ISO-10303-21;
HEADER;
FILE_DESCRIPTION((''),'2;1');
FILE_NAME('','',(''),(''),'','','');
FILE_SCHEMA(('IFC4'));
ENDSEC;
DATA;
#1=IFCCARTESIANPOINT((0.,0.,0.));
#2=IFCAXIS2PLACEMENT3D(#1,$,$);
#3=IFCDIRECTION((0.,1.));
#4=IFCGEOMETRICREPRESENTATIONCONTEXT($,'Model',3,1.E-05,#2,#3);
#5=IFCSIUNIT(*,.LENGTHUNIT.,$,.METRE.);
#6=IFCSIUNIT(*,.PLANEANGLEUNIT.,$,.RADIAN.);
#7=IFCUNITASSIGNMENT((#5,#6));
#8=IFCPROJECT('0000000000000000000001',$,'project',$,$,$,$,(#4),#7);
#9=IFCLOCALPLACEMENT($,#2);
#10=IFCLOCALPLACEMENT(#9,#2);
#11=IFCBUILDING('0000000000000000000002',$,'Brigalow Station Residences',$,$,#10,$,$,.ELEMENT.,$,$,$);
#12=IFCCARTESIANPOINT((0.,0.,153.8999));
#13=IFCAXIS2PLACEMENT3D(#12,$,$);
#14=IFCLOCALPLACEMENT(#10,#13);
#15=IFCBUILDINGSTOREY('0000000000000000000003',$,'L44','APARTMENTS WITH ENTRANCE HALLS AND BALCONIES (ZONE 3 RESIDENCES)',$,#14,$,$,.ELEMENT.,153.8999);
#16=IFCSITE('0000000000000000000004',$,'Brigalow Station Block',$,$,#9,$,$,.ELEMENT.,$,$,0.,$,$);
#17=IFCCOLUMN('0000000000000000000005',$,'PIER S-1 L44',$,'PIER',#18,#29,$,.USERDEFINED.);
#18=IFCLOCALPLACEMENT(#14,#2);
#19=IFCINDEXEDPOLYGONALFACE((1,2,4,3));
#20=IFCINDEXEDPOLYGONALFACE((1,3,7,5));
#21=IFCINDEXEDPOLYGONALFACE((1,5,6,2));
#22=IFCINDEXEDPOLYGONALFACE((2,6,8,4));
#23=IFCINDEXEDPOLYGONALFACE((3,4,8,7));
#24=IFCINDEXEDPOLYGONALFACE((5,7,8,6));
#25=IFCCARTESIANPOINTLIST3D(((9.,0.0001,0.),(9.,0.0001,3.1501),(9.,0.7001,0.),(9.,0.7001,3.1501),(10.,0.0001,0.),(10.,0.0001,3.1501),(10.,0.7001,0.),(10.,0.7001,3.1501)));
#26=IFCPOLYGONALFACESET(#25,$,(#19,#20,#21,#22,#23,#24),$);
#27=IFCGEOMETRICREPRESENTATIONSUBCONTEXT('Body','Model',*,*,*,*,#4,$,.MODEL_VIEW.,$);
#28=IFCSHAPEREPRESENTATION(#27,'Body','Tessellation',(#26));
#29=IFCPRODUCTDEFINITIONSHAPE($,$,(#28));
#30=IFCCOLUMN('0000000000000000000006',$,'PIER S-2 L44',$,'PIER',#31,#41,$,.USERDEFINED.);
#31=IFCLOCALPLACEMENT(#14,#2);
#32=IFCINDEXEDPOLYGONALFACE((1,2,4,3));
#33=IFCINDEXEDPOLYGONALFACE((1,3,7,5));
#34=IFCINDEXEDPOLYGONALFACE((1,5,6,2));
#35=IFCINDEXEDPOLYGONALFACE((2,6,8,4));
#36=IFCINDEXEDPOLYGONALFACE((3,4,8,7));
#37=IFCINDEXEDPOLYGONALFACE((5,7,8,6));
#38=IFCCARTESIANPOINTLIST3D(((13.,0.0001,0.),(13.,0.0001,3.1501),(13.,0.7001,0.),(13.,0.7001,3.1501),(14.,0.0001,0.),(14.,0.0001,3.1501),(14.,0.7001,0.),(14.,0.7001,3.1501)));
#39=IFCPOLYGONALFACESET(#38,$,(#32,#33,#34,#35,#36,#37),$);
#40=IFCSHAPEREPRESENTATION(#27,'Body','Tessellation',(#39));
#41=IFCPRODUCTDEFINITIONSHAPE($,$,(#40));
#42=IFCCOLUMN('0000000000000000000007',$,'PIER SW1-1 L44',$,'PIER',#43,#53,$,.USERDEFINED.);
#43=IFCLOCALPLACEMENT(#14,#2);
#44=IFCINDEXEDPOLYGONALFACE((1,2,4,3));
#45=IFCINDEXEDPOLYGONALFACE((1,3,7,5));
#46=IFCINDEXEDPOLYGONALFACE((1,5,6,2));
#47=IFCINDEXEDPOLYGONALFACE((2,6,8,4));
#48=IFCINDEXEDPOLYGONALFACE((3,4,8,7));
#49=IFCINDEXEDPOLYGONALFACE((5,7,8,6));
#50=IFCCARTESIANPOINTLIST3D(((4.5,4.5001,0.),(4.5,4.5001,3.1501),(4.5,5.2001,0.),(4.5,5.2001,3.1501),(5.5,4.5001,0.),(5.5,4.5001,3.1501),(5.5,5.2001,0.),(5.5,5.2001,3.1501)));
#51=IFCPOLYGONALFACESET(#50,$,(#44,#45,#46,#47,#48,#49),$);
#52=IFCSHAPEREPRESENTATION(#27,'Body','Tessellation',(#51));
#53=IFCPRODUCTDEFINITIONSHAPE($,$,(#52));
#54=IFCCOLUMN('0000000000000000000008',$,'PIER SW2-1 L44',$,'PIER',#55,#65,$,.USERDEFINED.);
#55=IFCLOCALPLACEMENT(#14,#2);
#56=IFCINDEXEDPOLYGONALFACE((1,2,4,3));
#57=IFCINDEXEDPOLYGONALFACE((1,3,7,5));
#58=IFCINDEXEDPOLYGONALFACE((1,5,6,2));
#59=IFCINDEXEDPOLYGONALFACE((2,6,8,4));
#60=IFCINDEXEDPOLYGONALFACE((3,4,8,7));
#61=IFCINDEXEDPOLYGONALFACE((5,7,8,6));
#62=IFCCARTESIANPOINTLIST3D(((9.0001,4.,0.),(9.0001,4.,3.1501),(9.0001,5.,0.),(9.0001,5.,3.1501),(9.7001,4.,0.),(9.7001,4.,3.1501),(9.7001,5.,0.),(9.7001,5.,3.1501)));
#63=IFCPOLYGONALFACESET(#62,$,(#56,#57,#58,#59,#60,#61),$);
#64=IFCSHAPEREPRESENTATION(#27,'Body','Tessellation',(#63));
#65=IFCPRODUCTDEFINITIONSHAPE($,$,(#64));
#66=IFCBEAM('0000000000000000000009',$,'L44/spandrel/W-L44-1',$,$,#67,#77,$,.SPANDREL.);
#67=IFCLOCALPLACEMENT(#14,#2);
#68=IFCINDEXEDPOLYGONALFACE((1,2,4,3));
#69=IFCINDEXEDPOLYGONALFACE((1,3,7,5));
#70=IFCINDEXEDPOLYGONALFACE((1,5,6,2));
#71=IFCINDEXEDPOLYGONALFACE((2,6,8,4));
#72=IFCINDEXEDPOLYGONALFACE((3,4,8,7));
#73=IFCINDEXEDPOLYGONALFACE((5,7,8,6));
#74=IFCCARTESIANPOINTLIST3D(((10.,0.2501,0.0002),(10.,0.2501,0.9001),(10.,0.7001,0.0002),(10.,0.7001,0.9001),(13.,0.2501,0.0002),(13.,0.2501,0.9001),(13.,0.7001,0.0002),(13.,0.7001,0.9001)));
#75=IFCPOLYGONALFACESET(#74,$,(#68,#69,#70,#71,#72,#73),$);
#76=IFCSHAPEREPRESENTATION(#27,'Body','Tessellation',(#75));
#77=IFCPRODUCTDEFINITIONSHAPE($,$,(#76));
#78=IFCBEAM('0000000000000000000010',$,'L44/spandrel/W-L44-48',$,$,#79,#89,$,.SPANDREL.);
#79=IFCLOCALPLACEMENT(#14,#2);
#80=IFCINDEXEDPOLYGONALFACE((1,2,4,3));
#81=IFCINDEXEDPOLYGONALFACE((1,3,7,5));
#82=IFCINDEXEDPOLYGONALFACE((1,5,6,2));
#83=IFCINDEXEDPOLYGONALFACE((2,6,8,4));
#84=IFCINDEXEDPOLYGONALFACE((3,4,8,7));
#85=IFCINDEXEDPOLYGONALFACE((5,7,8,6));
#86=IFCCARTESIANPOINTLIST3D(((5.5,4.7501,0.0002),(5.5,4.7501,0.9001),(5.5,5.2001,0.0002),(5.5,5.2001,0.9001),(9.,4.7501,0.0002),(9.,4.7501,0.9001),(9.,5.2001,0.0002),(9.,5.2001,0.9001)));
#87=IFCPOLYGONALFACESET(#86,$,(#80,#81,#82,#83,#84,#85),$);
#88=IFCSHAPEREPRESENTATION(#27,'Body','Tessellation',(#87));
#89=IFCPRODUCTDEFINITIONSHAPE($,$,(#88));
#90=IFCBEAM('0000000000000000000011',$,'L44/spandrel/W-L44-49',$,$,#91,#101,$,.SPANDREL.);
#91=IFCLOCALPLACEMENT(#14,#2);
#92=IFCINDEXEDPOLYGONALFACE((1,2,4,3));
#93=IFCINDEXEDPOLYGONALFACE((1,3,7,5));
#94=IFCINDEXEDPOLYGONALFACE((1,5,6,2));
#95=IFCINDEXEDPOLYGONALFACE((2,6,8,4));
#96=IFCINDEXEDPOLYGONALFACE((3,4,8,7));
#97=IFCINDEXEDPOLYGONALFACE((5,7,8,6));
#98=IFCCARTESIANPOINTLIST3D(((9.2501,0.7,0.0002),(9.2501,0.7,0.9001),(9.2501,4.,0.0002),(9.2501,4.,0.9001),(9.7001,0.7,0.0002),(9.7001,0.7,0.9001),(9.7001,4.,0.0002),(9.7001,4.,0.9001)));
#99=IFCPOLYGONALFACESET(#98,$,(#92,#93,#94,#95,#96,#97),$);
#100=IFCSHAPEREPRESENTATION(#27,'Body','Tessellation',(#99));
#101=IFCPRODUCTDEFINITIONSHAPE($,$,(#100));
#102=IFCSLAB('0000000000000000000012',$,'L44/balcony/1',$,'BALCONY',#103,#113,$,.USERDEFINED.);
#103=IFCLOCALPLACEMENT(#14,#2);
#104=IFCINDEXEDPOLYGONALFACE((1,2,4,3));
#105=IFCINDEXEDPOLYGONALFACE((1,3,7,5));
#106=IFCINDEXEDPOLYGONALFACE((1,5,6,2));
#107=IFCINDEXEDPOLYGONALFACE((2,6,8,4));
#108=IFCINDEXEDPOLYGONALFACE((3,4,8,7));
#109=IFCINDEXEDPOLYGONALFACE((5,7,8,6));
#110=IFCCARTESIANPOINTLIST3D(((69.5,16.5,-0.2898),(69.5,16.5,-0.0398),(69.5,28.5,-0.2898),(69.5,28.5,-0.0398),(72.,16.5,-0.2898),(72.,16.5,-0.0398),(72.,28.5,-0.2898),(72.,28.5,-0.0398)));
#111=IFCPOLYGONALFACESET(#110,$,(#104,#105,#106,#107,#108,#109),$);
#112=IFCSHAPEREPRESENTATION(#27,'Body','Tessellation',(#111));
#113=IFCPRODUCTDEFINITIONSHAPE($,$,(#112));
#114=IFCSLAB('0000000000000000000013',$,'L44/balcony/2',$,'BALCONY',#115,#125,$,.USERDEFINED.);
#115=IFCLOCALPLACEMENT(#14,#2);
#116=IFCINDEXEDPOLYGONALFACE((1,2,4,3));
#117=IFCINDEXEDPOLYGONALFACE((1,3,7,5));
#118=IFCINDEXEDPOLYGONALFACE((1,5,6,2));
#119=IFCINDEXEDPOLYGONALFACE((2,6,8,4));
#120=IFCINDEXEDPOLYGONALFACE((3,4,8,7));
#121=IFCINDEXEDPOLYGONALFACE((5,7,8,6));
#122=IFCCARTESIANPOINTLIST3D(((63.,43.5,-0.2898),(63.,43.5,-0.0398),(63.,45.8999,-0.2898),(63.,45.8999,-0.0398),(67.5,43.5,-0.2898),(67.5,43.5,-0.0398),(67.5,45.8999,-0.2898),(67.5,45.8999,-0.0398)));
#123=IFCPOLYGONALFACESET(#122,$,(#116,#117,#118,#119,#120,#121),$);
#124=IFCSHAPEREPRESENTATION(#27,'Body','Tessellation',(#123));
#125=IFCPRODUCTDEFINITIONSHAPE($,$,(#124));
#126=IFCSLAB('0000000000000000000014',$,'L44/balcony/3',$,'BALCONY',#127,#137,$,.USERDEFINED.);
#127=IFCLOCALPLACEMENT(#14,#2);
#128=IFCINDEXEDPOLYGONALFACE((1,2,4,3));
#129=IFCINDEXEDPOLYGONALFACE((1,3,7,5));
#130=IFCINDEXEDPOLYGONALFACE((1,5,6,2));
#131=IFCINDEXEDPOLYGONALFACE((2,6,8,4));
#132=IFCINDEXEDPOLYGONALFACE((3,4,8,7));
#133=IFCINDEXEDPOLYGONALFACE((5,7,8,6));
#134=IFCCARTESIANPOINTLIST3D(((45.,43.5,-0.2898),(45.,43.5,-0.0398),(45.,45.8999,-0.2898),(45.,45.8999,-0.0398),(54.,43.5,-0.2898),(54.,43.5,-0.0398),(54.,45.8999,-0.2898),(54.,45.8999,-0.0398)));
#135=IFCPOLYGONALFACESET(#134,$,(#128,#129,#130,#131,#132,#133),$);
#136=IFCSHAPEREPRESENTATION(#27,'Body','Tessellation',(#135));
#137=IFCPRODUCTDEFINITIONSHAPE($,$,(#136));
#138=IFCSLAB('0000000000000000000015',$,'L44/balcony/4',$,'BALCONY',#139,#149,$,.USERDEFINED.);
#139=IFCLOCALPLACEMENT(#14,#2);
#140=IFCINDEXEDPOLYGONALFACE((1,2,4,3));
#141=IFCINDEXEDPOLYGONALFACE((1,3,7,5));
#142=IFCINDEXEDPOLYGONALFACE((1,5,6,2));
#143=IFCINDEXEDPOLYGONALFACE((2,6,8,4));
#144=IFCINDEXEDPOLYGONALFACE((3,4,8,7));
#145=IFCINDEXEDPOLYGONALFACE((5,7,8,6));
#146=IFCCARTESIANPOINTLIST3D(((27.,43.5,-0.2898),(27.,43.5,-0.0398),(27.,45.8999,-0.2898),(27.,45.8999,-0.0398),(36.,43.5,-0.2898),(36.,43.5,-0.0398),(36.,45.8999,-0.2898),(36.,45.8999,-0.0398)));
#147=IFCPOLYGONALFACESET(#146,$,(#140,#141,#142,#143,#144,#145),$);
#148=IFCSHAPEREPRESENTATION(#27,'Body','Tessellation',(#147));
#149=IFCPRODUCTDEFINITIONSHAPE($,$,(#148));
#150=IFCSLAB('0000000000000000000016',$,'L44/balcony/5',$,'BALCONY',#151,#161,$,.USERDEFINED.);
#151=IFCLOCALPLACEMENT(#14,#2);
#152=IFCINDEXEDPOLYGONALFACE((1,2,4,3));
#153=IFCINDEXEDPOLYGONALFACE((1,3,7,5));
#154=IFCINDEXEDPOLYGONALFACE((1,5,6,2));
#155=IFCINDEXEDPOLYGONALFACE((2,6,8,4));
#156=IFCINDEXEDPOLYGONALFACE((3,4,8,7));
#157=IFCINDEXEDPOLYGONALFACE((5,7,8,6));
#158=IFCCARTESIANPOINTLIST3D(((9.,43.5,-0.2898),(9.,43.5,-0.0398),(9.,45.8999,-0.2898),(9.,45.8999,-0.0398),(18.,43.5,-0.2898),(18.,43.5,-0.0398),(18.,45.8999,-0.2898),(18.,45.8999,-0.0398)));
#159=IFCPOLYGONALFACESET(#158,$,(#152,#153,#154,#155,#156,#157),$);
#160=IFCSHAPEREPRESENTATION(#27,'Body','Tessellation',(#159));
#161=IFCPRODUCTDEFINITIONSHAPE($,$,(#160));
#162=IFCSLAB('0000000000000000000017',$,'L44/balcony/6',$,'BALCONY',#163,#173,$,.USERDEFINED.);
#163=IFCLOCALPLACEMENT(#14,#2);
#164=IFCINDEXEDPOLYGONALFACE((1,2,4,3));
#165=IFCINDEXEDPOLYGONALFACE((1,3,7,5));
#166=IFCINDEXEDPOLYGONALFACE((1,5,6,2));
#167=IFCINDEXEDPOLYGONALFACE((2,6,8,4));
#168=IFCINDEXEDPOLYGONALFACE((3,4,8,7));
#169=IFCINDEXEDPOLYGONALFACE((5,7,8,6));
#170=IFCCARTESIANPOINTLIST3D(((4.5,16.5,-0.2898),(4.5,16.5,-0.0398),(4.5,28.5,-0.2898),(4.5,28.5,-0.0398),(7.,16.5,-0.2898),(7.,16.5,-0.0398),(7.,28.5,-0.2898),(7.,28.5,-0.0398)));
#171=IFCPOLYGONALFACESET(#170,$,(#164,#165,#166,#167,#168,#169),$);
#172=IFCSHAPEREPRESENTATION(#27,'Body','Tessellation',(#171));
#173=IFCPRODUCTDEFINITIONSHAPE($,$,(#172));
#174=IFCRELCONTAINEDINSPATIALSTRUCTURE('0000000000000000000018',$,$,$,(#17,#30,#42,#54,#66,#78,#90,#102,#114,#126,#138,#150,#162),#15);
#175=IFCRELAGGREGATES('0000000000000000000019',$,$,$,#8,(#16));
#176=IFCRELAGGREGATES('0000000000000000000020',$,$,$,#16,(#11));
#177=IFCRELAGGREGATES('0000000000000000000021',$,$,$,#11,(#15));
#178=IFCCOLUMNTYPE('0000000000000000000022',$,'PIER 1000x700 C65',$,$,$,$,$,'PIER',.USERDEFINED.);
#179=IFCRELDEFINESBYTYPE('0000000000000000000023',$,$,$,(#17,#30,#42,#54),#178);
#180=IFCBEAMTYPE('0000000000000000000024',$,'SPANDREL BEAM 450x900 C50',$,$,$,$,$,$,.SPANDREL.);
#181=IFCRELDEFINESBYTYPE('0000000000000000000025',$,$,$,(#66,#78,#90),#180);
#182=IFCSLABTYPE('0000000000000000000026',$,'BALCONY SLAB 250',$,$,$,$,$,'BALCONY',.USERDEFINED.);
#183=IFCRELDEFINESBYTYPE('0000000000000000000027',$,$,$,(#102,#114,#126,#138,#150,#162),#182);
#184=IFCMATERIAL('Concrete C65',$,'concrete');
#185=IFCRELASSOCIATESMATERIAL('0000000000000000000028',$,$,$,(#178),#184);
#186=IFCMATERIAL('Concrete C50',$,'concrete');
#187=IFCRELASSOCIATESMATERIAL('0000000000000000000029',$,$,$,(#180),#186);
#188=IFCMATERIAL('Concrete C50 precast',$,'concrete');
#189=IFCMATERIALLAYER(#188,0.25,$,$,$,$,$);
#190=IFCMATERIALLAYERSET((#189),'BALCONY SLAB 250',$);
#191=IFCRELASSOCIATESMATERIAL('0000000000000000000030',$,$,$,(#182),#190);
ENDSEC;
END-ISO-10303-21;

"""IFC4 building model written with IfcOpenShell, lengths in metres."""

from ifc_helpers import new_model, si_unit, direction, frame, origin, origin_2d, place, context, subcontext, project, spatial, polyline, rectangle, outline, extrude, material, layer, layer_set, material_profile, profile_set, type_object, element, save


model = new_model("IFC4")

# Units and contexts
model_context = context("Model", 3, precision=1e-05, world=origin(), true_north=direction((0.0, 1.0)))
body_context = subcontext(model_context, "Body", "Model", "MODEL_VIEW")
ifc_project = project(units=[si_unit("LENGTHUNIT", "METRE"), si_unit("PLANEANGLEUNIT", "RADIAN")], contexts=[model_context])

# Site, building, storey
site_placement = place(None, origin())
site = spatial("IfcSite", under=ifc_project, at=site_placement, Name="Brigalow Station Block", CompositionType="ELEMENT", RefElevation=0.0)
building_placement = place(site_placement, origin())
building = spatial("IfcBuilding", under=site, at=building_placement, Name="Brigalow Station Residences", CompositionType="ELEMENT")
storey_placement = place(building_placement, frame((0.0, 0.0, 153.8999)))
storey = spatial("IfcBuildingStorey", under=building, at=storey_placement, Name="L44", Description="APARTMENTS WITH ENTRANCE HALLS AND BALCONIES (ZONE 3 RESIDENCES)", CompositionType="ELEMENT", Elevation=153.8999)

# Columns
ifc_material_1 = material(Name="Concrete C65", Category="concrete")
ifc_material_profile_1 = material_profile(ifc_material_1, rectangle(XDim=1.0, YDim=0.7, at=origin_2d()), Name="RC1000x700")
ifc_profile_set_1 = profile_set([ifc_material_profile_1], Name="Concrete C65")
column_type = type_object("IfcColumnType", Name="PIER 1000x700 C65", ElementType="PIER", PredefinedType="USERDEFINED", material=ifc_profile_set_1)
for number, where, z_axis, x_axis, name in (
    (1, (9.5, 0.3501, 0.0), (0.0, 0.0, 1.0), (1.0, 0.0, 0.0), "PIER S-1 L44"),
    (2, (13.5, 0.3501, 0.0), (0.0, 0.0, 1.0), (1.0, 0.0, 0.0), "PIER S-2 L44"),
    (3, (5.0, 4.8501, 0.0), (0.0, 0.0, 1.0), (1.0, 0.0, 0.0), "PIER SW1-1 L44"),
    (4, (9.3501, 4.5, 0.0), (0.0, 0.0, 1.0), (0.0, -1.0, 0.0), "PIER SW2-1 L44"),
):
    element("IfcColumn", number, at=place(storey_placement, frame(where, z_axis=z_axis, x_axis=x_axis)), inside=storey, type_object=column_type, Name=name, ObjectType="PIER", PredefinedType="USERDEFINED", context=body_context, shape_type="SweptSolid", body=[
        extrude(rectangle(XDim=1.0, YDim=0.7, at=origin_2d()), origin(), (0.0, 0.0, 1.0), 3.1501),
    ])

# Beams
ifc_material_2 = material(Name="Concrete C50", Category="concrete")
ifc_material_profile_2 = material_profile(ifc_material_2, rectangle(XDim=0.45, YDim=0.8999, at=origin_2d()), Name="RC450x900")
ifc_profile_set_2 = profile_set([ifc_material_profile_2], Name="Concrete C50")
beam_type = type_object("IfcBeamType", Name="SPANDREL BEAM 450x900 C50", PredefinedType="SPANDREL", material=ifc_profile_set_2)
beam_1_placement = place(storey_placement, frame((10.0, 0.4751, 0.4502), z_axis=(1.0, 0.0, 0.0), x_axis=(0.0, 1.0, 0.0)))
element("IfcBeam", 5, at=beam_1_placement, inside=storey, type_object=beam_type, Name="L44/spandrel/W-L44-1", PredefinedType="SPANDREL", context=body_context, shape_type="SweptSolid", body=[
    extrude(rectangle(XDim=0.45, YDim=0.8999, at=origin_2d()), origin(), (0.0, 0.0, 1.0), 3.0),
])
beam_2_placement = place(storey_placement, frame((5.5, 4.9751, 0.4502), z_axis=(1.0, 0.0, 0.0), x_axis=(0.0, 1.0, 0.0)))
element("IfcBeam", 6, at=beam_2_placement, inside=storey, type_object=beam_type, Name="L44/spandrel/W-L44-48", PredefinedType="SPANDREL", context=body_context, shape_type="SweptSolid", body=[
    extrude(rectangle(XDim=0.45, YDim=0.8999, at=origin_2d()), origin(), (0.0, 0.0, 1.0), 3.5),
])
beam_3_placement = place(storey_placement, frame((9.4751, 4.0, 0.4502), z_axis=(0.0, -1.0, 0.0), x_axis=(1.0, 0.0, 0.0)))
element("IfcBeam", 7, at=beam_3_placement, inside=storey, type_object=beam_type, Name="L44/spandrel/W-L44-49", PredefinedType="SPANDREL", context=body_context, shape_type="SweptSolid", body=[
    extrude(rectangle(XDim=0.45, YDim=0.8999, at=origin_2d()), origin(), (0.0, 0.0, 1.0), 3.3),
])

# Slabs
ifc_material_3 = material(Name="Concrete C50 precast", Category="concrete")
ifc_layer_1 = layer(ifc_material_3, 0.25)
ifc_layer_set_1 = layer_set([ifc_layer_1], Name="BALCONY SLAB 250")
slab_type_1 = type_object("IfcSlabType", Name="BALCONY SLAB 250", ElementType="BALCONY", PredefinedType="USERDEFINED", material=ifc_layer_set_1)
slab_1_placement = place(storey_placement, frame((0.0, 0.0, -0.2898)))
element("IfcSlab", 8, at=slab_1_placement, inside=storey, type_object=slab_type_1, Name="L44/balcony/1", ObjectType="BALCONY", PredefinedType="USERDEFINED", context=body_context, shape_type="SweptSolid", body=[
    extrude(outline(polyline([(69.5, 16.5), (72.0, 16.5), (72.0, 28.5), (69.5, 28.5), (69.5, 16.5)])), origin(), (0.0, 0.0, 1.0), 0.25),
])
slab_2_placement = place(storey_placement, frame((0.0, 0.0, -0.2898)))
element("IfcSlab", 9, at=slab_2_placement, inside=storey, type_object=slab_type_1, Name="L44/balcony/2", ObjectType="BALCONY", PredefinedType="USERDEFINED", context=body_context, shape_type="SweptSolid", body=[
    extrude(outline(polyline([(67.5, 43.5), (67.5, 45.8999), (63.0, 45.8999), (63.0, 43.5), (67.5, 43.5)])), origin(), (0.0, 0.0, 1.0), 0.25),
])
slab_3_placement = place(storey_placement, frame((0.0, 0.0, -0.2898)))
element("IfcSlab", 10, at=slab_3_placement, inside=storey, type_object=slab_type_1, Name="L44/balcony/3", ObjectType="BALCONY", PredefinedType="USERDEFINED", context=body_context, shape_type="SweptSolid", body=[
    extrude(outline(polyline([(54.0, 43.5), (54.0, 45.8999), (45.0, 45.8999), (45.0, 43.5), (54.0, 43.5)])), origin(), (0.0, 0.0, 1.0), 0.25),
])
slab_4_placement = place(storey_placement, frame((0.0, 0.0, -0.2898)))
element("IfcSlab", 11, at=slab_4_placement, inside=storey, type_object=slab_type_1, Name="L44/balcony/4", ObjectType="BALCONY", PredefinedType="USERDEFINED", context=body_context, shape_type="SweptSolid", body=[
    extrude(outline(polyline([(36.0, 43.5), (36.0, 45.8999), (27.0, 45.8999), (27.0, 43.5), (36.0, 43.5)])), origin(), (0.0, 0.0, 1.0), 0.25),
])
slab_5_placement = place(storey_placement, frame((0.0, 0.0, -0.2898)))
element("IfcSlab", 12, at=slab_5_placement, inside=storey, type_object=slab_type_1, Name="L44/balcony/5", ObjectType="BALCONY", PredefinedType="USERDEFINED", context=body_context, shape_type="SweptSolid", body=[
    extrude(outline(polyline([(18.0, 43.5), (18.0, 45.8999), (9.0, 45.8999), (9.0, 43.5), (18.0, 43.5)])), origin(), (0.0, 0.0, 1.0), 0.25),
])
slab_6_placement = place(storey_placement, frame((0.0, 0.0, -0.2898)))
element("IfcSlab", 13, at=slab_6_placement, inside=storey, type_object=slab_type_1, Name="L44/balcony/6", ObjectType="BALCONY", PredefinedType="USERDEFINED", context=body_context, shape_type="SweptSolid", body=[
    extrude(outline(polyline([(7.0, 28.5), (4.5, 28.5), (4.5, 16.5), (7.0, 16.5), (7.0, 28.5)])), origin(), (0.0, 0.0, 1.0), 0.25),
])

save(model, "model.ifc")
